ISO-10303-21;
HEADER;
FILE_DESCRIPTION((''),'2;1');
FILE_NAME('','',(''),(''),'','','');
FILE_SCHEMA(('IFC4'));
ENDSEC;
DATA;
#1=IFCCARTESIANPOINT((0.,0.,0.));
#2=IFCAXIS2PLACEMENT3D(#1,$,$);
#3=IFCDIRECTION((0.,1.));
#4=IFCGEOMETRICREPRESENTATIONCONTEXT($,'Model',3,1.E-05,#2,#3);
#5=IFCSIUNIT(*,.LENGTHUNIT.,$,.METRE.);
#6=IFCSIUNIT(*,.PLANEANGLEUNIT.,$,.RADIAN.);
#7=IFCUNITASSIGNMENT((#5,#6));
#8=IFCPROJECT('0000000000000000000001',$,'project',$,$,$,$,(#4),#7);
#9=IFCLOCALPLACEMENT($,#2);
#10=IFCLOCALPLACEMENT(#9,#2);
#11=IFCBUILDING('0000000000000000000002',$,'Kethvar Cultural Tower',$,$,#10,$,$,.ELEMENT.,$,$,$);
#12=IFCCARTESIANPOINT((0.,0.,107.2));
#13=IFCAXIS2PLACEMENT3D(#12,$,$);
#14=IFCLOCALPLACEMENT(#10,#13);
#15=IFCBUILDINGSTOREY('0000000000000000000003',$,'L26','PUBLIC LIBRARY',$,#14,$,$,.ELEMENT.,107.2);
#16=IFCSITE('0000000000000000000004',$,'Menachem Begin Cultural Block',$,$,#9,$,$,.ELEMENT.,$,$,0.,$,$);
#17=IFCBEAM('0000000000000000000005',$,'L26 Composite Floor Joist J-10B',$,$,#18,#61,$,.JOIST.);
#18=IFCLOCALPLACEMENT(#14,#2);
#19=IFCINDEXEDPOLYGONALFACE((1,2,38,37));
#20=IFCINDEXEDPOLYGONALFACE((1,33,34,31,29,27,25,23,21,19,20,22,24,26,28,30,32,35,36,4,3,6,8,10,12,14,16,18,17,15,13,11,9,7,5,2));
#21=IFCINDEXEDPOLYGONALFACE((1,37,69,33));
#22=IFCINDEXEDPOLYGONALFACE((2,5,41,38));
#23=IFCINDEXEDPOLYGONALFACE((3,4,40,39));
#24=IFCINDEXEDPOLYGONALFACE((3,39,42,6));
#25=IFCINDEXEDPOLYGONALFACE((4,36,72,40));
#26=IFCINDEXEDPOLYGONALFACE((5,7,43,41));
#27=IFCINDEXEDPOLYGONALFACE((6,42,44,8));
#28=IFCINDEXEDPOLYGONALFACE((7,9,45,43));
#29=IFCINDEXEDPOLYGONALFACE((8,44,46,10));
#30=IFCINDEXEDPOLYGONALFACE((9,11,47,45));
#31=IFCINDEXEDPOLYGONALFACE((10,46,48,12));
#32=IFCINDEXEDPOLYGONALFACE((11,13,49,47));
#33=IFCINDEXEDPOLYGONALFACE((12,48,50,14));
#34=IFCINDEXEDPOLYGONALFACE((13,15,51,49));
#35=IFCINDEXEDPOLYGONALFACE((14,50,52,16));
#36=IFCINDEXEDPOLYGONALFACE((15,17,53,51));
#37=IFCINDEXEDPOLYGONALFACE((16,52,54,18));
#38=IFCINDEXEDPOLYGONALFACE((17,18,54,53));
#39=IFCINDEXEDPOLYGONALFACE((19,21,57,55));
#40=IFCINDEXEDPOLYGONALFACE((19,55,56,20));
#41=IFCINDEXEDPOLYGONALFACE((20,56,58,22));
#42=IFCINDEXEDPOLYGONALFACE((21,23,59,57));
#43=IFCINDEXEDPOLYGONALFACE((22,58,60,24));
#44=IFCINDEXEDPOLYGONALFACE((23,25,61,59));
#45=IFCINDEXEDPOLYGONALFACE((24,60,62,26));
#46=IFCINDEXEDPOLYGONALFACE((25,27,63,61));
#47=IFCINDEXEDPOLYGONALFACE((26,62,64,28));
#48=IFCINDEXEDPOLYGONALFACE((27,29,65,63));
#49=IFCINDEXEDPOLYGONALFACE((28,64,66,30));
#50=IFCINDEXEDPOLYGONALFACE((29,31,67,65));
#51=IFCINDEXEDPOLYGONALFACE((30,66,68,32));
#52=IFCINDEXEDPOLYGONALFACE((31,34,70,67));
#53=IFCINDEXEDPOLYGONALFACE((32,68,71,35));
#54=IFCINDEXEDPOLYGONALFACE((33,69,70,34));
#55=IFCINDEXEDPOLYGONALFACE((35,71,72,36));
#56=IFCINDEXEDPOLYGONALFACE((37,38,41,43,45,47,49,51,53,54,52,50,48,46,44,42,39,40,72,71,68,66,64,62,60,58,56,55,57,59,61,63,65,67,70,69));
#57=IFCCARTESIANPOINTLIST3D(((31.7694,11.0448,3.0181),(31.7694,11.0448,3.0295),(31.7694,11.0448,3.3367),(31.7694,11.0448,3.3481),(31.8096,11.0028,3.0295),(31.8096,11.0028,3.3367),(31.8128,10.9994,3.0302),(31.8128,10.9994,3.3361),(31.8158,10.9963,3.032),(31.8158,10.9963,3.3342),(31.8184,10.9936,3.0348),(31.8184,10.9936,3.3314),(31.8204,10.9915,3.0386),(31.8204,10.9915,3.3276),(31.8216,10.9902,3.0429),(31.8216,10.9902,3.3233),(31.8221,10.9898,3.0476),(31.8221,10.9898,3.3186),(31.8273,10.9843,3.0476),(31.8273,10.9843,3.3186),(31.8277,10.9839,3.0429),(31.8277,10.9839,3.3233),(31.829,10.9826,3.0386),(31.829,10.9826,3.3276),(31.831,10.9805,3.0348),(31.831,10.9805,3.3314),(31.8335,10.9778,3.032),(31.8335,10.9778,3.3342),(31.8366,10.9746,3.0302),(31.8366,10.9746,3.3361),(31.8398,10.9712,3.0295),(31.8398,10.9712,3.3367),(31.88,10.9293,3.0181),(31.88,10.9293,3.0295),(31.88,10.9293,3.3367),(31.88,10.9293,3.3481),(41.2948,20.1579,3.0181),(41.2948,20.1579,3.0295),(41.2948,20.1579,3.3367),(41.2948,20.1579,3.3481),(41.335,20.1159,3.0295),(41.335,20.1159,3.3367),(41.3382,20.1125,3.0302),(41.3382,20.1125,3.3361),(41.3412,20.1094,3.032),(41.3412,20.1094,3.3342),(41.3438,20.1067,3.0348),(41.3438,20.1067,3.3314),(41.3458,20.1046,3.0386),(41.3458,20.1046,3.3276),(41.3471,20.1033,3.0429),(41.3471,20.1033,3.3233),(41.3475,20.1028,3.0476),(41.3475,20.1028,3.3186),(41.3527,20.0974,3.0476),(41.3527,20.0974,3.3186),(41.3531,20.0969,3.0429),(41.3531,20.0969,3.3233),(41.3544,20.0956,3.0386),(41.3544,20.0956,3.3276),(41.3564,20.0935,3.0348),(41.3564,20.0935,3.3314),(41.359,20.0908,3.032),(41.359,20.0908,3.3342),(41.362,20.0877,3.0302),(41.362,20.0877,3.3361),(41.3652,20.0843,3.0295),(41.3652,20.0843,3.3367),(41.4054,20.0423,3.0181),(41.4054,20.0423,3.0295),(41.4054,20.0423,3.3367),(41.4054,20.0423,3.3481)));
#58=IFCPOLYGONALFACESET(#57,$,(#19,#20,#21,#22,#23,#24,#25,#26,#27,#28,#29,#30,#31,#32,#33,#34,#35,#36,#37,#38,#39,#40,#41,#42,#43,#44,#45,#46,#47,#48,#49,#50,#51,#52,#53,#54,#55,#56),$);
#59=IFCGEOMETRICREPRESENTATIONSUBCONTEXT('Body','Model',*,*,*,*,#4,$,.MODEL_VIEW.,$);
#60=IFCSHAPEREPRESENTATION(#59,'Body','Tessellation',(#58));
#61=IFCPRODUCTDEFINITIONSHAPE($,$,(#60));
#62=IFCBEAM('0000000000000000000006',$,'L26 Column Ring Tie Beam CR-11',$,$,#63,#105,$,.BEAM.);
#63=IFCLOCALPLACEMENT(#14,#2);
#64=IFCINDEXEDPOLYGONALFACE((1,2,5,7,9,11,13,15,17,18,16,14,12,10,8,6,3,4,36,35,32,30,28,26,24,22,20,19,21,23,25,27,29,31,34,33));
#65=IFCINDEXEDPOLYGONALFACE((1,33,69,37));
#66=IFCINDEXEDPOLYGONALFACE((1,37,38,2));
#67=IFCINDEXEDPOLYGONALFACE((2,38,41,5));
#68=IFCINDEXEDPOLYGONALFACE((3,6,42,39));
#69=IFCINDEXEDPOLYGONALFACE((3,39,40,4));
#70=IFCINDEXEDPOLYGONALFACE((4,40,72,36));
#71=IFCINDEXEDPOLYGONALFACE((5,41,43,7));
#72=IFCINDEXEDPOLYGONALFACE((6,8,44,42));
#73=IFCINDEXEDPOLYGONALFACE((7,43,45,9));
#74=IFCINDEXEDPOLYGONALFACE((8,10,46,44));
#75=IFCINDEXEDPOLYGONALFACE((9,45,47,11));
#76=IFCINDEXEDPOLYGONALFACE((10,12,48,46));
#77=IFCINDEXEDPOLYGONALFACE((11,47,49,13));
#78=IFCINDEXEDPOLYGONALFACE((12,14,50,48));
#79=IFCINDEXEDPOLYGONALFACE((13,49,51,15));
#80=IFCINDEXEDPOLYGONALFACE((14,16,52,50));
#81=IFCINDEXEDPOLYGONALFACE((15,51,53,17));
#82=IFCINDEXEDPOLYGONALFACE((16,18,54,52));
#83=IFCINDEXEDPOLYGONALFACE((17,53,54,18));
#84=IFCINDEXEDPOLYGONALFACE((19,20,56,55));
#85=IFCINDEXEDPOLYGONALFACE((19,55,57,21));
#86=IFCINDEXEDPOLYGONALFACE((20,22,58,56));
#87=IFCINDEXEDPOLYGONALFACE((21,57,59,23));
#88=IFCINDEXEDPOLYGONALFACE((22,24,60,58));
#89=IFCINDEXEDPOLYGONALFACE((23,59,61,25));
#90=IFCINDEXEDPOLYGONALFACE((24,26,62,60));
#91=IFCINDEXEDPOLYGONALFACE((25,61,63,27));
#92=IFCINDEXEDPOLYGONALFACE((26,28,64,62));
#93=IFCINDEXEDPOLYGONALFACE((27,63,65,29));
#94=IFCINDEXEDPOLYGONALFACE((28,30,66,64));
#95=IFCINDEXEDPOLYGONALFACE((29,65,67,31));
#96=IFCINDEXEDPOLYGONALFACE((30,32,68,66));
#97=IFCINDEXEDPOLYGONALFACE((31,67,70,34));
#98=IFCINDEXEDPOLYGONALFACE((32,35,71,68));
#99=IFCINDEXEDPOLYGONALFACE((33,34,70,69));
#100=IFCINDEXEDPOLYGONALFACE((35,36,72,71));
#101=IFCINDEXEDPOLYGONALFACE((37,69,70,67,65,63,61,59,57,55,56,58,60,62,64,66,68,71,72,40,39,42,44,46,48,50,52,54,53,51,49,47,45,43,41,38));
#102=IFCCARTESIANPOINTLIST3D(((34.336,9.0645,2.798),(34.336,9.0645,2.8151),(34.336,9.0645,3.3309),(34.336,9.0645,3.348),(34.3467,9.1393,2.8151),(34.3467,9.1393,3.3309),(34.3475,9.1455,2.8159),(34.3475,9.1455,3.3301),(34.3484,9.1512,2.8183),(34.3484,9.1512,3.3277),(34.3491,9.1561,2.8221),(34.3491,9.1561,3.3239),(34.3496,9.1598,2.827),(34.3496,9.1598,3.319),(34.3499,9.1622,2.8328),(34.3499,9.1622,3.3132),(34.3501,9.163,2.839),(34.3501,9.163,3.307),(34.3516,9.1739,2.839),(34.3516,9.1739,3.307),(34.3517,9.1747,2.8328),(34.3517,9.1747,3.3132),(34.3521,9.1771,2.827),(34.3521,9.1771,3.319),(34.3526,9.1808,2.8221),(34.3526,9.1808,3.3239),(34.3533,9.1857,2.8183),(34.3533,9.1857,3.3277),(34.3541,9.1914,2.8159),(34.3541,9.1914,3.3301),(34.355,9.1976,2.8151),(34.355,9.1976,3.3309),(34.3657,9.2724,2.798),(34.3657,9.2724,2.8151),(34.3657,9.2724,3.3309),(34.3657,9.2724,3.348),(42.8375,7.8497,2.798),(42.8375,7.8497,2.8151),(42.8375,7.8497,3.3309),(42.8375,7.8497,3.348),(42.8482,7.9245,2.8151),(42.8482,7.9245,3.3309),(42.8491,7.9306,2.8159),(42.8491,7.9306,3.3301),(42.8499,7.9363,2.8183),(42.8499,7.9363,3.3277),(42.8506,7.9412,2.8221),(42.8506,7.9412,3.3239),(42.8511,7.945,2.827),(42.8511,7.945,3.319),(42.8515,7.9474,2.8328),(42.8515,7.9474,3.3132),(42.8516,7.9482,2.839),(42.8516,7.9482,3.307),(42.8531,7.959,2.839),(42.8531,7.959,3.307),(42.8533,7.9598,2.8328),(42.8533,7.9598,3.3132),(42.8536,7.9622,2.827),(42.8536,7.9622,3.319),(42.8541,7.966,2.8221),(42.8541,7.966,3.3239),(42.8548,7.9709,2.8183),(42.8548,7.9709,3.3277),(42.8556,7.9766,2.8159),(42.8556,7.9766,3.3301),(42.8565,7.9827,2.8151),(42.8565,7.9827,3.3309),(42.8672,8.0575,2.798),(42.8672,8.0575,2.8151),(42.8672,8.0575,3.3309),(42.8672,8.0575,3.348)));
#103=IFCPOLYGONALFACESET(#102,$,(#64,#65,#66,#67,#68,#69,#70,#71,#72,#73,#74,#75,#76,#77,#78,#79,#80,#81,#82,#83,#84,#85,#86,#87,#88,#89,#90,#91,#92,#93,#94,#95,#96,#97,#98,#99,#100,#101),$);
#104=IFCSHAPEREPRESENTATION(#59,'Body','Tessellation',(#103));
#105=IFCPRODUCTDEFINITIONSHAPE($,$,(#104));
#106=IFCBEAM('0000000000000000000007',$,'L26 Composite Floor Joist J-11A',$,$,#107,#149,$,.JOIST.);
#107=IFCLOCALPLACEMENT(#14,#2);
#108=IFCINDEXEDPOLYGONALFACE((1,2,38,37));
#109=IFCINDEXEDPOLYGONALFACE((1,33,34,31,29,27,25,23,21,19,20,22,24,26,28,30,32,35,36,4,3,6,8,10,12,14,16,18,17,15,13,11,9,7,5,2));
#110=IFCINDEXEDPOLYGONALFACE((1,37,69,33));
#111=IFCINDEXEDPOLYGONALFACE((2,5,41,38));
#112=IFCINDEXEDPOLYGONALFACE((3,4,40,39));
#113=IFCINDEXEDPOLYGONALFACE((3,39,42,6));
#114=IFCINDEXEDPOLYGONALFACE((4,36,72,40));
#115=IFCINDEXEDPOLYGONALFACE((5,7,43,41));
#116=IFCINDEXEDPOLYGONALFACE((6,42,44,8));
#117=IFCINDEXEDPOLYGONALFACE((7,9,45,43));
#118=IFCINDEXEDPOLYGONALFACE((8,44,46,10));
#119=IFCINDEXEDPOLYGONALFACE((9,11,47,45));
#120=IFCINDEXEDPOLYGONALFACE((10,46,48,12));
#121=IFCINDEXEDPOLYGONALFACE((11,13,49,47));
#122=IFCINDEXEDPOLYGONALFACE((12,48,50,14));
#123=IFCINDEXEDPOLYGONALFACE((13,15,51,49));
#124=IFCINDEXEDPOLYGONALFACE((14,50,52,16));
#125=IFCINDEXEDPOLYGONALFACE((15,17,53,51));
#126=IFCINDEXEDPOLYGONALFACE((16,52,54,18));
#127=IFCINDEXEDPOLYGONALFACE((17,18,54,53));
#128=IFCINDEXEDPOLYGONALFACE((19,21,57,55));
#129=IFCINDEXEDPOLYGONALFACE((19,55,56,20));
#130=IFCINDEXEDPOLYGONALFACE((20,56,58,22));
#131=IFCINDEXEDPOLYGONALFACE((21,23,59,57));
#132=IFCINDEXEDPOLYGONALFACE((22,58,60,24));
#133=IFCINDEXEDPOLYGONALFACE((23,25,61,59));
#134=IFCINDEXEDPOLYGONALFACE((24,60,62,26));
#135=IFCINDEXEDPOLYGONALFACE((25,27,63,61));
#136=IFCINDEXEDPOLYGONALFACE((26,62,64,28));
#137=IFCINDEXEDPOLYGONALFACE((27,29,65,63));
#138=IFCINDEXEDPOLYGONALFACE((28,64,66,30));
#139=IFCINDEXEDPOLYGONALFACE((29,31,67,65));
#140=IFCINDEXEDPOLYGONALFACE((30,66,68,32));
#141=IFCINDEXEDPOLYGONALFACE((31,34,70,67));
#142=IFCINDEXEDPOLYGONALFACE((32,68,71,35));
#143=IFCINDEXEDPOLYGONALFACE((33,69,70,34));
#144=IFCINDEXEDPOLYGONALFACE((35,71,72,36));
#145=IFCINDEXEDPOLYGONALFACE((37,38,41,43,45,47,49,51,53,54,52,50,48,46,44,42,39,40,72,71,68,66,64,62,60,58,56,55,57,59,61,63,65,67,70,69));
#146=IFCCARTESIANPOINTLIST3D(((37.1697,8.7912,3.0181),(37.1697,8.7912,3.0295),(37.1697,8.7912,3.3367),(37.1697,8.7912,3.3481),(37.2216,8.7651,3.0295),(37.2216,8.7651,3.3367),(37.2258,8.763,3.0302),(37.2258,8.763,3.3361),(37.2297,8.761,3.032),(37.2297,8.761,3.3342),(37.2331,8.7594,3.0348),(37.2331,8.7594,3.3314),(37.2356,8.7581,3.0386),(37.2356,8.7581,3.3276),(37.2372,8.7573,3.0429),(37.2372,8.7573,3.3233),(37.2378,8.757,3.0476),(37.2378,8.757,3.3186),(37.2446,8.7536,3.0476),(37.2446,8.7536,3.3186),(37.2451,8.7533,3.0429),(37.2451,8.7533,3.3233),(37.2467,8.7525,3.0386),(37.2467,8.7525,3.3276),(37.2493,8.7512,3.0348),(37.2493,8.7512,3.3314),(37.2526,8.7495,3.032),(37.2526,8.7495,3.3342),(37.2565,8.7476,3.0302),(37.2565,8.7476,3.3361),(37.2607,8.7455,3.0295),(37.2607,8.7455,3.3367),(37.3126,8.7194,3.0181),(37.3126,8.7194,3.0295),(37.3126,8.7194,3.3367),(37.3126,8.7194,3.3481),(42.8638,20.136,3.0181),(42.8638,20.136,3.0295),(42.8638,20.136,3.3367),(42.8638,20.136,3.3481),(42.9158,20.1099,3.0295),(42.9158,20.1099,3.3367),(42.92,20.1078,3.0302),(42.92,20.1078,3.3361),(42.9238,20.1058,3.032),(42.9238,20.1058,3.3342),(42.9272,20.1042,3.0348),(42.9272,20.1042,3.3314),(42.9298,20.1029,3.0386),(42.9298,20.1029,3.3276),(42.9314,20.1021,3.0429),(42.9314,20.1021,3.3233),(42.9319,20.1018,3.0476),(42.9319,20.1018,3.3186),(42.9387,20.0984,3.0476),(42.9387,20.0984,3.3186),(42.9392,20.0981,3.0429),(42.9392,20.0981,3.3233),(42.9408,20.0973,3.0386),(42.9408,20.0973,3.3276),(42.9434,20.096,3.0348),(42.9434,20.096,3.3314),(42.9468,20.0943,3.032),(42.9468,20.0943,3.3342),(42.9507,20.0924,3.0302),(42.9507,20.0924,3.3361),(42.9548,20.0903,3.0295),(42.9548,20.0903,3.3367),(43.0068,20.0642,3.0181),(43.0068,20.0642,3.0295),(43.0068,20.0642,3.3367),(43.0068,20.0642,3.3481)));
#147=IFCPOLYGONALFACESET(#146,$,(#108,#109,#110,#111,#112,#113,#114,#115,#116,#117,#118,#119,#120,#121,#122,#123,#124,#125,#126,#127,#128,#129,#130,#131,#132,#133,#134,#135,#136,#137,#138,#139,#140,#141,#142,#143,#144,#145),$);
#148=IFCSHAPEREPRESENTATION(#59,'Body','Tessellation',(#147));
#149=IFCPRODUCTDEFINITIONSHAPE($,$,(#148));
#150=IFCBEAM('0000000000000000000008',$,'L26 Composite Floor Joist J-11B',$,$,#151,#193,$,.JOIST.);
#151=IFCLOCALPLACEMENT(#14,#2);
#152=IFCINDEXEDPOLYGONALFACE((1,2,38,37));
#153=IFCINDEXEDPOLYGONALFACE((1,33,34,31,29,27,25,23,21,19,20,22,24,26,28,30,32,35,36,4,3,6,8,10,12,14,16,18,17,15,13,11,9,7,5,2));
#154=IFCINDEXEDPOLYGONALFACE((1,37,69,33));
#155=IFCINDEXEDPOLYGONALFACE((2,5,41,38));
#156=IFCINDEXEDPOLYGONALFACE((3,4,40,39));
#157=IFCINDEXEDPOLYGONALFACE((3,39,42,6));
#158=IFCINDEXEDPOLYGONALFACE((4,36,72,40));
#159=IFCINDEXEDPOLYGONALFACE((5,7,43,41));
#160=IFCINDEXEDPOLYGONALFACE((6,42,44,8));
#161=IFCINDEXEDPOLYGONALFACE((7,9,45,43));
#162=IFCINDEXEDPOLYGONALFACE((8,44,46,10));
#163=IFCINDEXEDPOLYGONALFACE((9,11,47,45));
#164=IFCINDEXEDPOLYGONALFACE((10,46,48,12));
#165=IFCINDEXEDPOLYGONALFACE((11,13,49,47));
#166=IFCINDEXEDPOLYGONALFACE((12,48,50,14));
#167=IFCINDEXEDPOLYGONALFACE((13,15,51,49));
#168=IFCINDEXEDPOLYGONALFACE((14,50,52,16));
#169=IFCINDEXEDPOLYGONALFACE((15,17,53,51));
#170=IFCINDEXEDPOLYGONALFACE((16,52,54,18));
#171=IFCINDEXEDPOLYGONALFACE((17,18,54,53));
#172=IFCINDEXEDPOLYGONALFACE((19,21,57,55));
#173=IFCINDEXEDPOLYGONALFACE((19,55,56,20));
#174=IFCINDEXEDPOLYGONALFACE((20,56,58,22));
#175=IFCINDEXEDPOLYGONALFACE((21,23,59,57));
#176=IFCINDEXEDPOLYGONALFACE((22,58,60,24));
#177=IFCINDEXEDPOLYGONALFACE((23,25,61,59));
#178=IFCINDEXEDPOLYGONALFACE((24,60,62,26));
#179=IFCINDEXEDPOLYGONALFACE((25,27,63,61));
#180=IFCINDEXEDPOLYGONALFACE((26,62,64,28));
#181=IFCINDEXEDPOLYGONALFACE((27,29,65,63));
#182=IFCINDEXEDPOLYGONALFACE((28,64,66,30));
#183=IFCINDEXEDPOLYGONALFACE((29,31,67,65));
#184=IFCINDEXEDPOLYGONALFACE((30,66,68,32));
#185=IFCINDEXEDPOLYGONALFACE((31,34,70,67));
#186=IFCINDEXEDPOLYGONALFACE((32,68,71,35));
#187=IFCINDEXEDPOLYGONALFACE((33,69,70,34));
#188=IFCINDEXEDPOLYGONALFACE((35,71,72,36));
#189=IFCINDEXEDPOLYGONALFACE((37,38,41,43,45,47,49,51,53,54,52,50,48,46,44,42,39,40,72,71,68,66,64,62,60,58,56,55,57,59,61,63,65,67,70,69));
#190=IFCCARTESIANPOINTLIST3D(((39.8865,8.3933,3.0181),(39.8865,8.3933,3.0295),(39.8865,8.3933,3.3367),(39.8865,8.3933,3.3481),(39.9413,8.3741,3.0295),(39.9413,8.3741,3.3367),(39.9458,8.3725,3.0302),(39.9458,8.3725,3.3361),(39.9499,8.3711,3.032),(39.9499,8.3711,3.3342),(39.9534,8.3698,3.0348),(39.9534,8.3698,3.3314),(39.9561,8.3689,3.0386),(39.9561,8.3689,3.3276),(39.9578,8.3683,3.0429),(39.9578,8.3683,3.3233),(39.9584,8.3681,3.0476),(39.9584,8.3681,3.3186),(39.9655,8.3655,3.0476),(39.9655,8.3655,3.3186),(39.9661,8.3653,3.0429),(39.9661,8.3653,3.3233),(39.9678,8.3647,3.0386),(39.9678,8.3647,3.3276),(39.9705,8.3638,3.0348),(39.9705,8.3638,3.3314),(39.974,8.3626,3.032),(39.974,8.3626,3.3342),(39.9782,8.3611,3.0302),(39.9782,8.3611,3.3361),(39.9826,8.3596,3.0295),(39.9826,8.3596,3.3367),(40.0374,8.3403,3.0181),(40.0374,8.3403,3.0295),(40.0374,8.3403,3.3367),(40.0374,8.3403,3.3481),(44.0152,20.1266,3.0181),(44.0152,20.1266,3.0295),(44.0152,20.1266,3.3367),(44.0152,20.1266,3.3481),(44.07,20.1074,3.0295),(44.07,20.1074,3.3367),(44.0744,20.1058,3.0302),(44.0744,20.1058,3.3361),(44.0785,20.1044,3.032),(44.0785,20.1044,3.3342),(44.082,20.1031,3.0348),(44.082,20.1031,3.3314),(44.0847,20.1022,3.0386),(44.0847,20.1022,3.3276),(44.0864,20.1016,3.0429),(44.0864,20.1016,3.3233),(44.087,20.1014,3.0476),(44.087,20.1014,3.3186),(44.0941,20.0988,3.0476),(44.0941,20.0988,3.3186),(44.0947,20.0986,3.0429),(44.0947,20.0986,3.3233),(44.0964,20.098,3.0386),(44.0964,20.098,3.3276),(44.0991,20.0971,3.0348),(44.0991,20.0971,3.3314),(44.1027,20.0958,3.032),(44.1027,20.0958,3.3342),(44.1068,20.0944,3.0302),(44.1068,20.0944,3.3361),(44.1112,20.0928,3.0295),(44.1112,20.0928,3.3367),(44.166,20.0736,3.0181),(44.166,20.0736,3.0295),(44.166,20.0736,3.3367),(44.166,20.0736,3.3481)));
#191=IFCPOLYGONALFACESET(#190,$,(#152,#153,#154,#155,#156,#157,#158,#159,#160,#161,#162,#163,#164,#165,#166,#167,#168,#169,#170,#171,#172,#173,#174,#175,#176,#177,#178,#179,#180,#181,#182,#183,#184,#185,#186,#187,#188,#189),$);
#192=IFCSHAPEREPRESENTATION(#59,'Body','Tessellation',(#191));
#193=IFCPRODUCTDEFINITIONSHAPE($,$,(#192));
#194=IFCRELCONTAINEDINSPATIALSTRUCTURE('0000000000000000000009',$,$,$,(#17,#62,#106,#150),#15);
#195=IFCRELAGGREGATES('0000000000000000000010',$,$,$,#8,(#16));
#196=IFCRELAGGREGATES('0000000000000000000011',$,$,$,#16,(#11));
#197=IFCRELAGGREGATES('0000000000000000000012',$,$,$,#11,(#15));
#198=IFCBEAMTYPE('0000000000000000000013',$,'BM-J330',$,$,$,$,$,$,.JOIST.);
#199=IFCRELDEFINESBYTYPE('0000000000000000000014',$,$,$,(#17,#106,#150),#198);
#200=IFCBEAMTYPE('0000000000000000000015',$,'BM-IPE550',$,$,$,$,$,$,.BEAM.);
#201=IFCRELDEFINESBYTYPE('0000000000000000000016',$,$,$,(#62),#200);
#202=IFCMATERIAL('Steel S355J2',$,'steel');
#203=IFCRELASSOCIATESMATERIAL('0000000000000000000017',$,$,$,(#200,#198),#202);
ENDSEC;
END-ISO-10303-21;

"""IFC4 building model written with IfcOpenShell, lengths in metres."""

from ifc_helpers import new_model, si_unit, direction, frame, origin, origin_2d, place, context, subcontext, project, spatial, i_section, extrude, source, transform, mapped, material, material_profile, profile_set, type_object, element, save


model = new_model("IFC4")

# Units and contexts
model_context = context("Model", 3, precision=1e-05, world=origin(), true_north=direction((0.0, 1.0)))
body_context = subcontext(model_context, "Body", "Model", "MODEL_VIEW")
ifc_project = project(units=[si_unit("LENGTHUNIT", "METRE"), si_unit("PLANEANGLEUNIT", "RADIAN")], contexts=[model_context])

# Site, building, storey
site_placement = place(None, origin())
site = spatial("IfcSite", under=ifc_project, at=site_placement, Name="Menachem Begin Cultural Block", CompositionType="ELEMENT", RefElevation=0.0)
building_placement = place(site_placement, origin())
building = spatial("IfcBuilding", under=site, at=building_placement, Name="Kethvar Cultural Tower", CompositionType="ELEMENT")
storey_placement = place(building_placement, frame((0.0, 0.0, 107.2)))
storey = spatial("IfcBuildingStorey", under=building, at=storey_placement, Name="L26", Description="PUBLIC LIBRARY", CompositionType="ELEMENT", Elevation=107.2)

# Beams
ifc_material_1 = material(Name="Steel S355J2", Category="steel")
ifc_material_profile_1 = material_profile(ifc_material_1, i_section(OverallWidth=0.21, OverallDepth=0.55, WebThickness=0.011, FlangeThickness=0.0171, FilletRadius=0.0239, at=origin_2d()), Name="Steel S355J2 — IPE550")
ifc_profile_set_1 = profile_set([ifc_material_profile_1], Name="Steel S355J2 — IPE550")
beam_type_1 = type_object("IfcBeamType", Name="BM-IPE550", PredefinedType="BEAM", material=ifc_profile_set_1)
ifc_material_profile_2 = material_profile(ifc_material_1, i_section(OverallWidth=0.1599, OverallDepth=0.3301, WebThickness=0.0076, FlangeThickness=0.0115, FilletRadius=0.0181, at=origin_2d()), Name="Steel S355J2 — IPE330")
ifc_profile_set_2 = profile_set([ifc_material_profile_2], Name="Steel S355J2 — IPE330")
beam_type_2 = type_object("IfcBeamType", Name="BM-J330", PredefinedType="JOIST", material=ifc_profile_set_2)
shared_shape_1 = source(origin(), body_context, "Body", "SweptSolid", [
    extrude(i_section(OverallWidth=0.1599, OverallDepth=0.3301, WebThickness=0.0076, FlangeThickness=0.0115, FilletRadius=0.0181, at=origin_2d()), origin(), (0.0, 0.0, 1.0), 13.1826),
])
beam_1_placement = place(storey_placement, frame((41.3501, 20.1001, 3.1831), z_axis=(-0.722574, -0.691294, 0.0), x_axis=(0.691294, -0.722574, 0.0)))
element("IfcBeam", 1, at=beam_1_placement, inside=storey, type_object=beam_type_2, Name="L26 Composite Floor Joist J-10B", PredefinedType="JOIST", context=body_context, shape_type="MappedRepresentation", body=[
    mapped(shared_shape_1, transform((0.0, 0.0, 0.0), scale=1.0)),
])
shared_shape_2 = source(origin(), body_context, "Body", "SweptSolid", [
    extrude(i_section(OverallWidth=0.21, OverallDepth=0.55, WebThickness=0.011, FlangeThickness=0.0171, FilletRadius=0.0239, at=origin_2d()), origin(), (0.0, 0.0, 1.0), 8.5879),
])
beam_2_placement = place(storey_placement, frame((34.3508, 9.1685, 3.073), z_axis=(0.989944, -0.141461, 0.0), x_axis=(0.141461, 0.989944, 0.0)))
element("IfcBeam", 2, at=beam_2_placement, inside=storey, type_object=beam_type_1, Name="L26 Column Ring Tie Beam CR-11", PredefinedType="BEAM", context=body_context, shape_type="MappedRepresentation", body=[
    mapped(shared_shape_2, transform((0.0, 0.0, 0.0), scale=1.0)),
])
shared_shape_3 = source(origin(), body_context, "Body", "SweptSolid", [
    extrude(i_section(OverallWidth=0.1599, OverallDepth=0.3301, WebThickness=0.0076, FlangeThickness=0.0115, FilletRadius=0.0181, at=origin_2d()), origin(), (0.0, 0.0, 1.0), 12.6936),
])
beam_3_placement = place(storey_placement, frame((42.9353, 20.1001, 3.1831), z_axis=(-0.448582, -0.893741, 0.0), x_axis=(0.893741, -0.448582, 0.0)))
element("IfcBeam", 3, at=beam_3_placement, inside=storey, type_object=beam_type_2, Name="L26 Composite Floor Joist J-11A", PredefinedType="JOIST", context=body_context, shape_type="MappedRepresentation", body=[
    mapped(shared_shape_3, transform((0.0, 0.0, 0.0), scale=1.0)),
])
shared_shape_4 = source(origin(), body_context, "Body", "SweptSolid", [
    extrude(i_section(OverallWidth=0.1599, OverallDepth=0.3301, WebThickness=0.0076, FlangeThickness=0.0115, FilletRadius=0.0181, at=origin_2d()), origin(), (0.0, 0.0, 1.0), 12.4385),
])
beam_4_placement = place(storey_placement, frame((44.0906, 20.1001, 3.1831), z_axis=(-0.331924, -0.943306, 0.0), x_axis=(0.943306, -0.331924, 0.0)))
element("IfcBeam", 4, at=beam_4_placement, inside=storey, type_object=beam_type_2, Name="L26 Composite Floor Joist J-11B", PredefinedType="JOIST", context=body_context, shape_type="MappedRepresentation", body=[
    mapped(shared_shape_4, transform((0.0, 0.0, 0.0), scale=1.0)),
])

save(model, "model.ifc")
